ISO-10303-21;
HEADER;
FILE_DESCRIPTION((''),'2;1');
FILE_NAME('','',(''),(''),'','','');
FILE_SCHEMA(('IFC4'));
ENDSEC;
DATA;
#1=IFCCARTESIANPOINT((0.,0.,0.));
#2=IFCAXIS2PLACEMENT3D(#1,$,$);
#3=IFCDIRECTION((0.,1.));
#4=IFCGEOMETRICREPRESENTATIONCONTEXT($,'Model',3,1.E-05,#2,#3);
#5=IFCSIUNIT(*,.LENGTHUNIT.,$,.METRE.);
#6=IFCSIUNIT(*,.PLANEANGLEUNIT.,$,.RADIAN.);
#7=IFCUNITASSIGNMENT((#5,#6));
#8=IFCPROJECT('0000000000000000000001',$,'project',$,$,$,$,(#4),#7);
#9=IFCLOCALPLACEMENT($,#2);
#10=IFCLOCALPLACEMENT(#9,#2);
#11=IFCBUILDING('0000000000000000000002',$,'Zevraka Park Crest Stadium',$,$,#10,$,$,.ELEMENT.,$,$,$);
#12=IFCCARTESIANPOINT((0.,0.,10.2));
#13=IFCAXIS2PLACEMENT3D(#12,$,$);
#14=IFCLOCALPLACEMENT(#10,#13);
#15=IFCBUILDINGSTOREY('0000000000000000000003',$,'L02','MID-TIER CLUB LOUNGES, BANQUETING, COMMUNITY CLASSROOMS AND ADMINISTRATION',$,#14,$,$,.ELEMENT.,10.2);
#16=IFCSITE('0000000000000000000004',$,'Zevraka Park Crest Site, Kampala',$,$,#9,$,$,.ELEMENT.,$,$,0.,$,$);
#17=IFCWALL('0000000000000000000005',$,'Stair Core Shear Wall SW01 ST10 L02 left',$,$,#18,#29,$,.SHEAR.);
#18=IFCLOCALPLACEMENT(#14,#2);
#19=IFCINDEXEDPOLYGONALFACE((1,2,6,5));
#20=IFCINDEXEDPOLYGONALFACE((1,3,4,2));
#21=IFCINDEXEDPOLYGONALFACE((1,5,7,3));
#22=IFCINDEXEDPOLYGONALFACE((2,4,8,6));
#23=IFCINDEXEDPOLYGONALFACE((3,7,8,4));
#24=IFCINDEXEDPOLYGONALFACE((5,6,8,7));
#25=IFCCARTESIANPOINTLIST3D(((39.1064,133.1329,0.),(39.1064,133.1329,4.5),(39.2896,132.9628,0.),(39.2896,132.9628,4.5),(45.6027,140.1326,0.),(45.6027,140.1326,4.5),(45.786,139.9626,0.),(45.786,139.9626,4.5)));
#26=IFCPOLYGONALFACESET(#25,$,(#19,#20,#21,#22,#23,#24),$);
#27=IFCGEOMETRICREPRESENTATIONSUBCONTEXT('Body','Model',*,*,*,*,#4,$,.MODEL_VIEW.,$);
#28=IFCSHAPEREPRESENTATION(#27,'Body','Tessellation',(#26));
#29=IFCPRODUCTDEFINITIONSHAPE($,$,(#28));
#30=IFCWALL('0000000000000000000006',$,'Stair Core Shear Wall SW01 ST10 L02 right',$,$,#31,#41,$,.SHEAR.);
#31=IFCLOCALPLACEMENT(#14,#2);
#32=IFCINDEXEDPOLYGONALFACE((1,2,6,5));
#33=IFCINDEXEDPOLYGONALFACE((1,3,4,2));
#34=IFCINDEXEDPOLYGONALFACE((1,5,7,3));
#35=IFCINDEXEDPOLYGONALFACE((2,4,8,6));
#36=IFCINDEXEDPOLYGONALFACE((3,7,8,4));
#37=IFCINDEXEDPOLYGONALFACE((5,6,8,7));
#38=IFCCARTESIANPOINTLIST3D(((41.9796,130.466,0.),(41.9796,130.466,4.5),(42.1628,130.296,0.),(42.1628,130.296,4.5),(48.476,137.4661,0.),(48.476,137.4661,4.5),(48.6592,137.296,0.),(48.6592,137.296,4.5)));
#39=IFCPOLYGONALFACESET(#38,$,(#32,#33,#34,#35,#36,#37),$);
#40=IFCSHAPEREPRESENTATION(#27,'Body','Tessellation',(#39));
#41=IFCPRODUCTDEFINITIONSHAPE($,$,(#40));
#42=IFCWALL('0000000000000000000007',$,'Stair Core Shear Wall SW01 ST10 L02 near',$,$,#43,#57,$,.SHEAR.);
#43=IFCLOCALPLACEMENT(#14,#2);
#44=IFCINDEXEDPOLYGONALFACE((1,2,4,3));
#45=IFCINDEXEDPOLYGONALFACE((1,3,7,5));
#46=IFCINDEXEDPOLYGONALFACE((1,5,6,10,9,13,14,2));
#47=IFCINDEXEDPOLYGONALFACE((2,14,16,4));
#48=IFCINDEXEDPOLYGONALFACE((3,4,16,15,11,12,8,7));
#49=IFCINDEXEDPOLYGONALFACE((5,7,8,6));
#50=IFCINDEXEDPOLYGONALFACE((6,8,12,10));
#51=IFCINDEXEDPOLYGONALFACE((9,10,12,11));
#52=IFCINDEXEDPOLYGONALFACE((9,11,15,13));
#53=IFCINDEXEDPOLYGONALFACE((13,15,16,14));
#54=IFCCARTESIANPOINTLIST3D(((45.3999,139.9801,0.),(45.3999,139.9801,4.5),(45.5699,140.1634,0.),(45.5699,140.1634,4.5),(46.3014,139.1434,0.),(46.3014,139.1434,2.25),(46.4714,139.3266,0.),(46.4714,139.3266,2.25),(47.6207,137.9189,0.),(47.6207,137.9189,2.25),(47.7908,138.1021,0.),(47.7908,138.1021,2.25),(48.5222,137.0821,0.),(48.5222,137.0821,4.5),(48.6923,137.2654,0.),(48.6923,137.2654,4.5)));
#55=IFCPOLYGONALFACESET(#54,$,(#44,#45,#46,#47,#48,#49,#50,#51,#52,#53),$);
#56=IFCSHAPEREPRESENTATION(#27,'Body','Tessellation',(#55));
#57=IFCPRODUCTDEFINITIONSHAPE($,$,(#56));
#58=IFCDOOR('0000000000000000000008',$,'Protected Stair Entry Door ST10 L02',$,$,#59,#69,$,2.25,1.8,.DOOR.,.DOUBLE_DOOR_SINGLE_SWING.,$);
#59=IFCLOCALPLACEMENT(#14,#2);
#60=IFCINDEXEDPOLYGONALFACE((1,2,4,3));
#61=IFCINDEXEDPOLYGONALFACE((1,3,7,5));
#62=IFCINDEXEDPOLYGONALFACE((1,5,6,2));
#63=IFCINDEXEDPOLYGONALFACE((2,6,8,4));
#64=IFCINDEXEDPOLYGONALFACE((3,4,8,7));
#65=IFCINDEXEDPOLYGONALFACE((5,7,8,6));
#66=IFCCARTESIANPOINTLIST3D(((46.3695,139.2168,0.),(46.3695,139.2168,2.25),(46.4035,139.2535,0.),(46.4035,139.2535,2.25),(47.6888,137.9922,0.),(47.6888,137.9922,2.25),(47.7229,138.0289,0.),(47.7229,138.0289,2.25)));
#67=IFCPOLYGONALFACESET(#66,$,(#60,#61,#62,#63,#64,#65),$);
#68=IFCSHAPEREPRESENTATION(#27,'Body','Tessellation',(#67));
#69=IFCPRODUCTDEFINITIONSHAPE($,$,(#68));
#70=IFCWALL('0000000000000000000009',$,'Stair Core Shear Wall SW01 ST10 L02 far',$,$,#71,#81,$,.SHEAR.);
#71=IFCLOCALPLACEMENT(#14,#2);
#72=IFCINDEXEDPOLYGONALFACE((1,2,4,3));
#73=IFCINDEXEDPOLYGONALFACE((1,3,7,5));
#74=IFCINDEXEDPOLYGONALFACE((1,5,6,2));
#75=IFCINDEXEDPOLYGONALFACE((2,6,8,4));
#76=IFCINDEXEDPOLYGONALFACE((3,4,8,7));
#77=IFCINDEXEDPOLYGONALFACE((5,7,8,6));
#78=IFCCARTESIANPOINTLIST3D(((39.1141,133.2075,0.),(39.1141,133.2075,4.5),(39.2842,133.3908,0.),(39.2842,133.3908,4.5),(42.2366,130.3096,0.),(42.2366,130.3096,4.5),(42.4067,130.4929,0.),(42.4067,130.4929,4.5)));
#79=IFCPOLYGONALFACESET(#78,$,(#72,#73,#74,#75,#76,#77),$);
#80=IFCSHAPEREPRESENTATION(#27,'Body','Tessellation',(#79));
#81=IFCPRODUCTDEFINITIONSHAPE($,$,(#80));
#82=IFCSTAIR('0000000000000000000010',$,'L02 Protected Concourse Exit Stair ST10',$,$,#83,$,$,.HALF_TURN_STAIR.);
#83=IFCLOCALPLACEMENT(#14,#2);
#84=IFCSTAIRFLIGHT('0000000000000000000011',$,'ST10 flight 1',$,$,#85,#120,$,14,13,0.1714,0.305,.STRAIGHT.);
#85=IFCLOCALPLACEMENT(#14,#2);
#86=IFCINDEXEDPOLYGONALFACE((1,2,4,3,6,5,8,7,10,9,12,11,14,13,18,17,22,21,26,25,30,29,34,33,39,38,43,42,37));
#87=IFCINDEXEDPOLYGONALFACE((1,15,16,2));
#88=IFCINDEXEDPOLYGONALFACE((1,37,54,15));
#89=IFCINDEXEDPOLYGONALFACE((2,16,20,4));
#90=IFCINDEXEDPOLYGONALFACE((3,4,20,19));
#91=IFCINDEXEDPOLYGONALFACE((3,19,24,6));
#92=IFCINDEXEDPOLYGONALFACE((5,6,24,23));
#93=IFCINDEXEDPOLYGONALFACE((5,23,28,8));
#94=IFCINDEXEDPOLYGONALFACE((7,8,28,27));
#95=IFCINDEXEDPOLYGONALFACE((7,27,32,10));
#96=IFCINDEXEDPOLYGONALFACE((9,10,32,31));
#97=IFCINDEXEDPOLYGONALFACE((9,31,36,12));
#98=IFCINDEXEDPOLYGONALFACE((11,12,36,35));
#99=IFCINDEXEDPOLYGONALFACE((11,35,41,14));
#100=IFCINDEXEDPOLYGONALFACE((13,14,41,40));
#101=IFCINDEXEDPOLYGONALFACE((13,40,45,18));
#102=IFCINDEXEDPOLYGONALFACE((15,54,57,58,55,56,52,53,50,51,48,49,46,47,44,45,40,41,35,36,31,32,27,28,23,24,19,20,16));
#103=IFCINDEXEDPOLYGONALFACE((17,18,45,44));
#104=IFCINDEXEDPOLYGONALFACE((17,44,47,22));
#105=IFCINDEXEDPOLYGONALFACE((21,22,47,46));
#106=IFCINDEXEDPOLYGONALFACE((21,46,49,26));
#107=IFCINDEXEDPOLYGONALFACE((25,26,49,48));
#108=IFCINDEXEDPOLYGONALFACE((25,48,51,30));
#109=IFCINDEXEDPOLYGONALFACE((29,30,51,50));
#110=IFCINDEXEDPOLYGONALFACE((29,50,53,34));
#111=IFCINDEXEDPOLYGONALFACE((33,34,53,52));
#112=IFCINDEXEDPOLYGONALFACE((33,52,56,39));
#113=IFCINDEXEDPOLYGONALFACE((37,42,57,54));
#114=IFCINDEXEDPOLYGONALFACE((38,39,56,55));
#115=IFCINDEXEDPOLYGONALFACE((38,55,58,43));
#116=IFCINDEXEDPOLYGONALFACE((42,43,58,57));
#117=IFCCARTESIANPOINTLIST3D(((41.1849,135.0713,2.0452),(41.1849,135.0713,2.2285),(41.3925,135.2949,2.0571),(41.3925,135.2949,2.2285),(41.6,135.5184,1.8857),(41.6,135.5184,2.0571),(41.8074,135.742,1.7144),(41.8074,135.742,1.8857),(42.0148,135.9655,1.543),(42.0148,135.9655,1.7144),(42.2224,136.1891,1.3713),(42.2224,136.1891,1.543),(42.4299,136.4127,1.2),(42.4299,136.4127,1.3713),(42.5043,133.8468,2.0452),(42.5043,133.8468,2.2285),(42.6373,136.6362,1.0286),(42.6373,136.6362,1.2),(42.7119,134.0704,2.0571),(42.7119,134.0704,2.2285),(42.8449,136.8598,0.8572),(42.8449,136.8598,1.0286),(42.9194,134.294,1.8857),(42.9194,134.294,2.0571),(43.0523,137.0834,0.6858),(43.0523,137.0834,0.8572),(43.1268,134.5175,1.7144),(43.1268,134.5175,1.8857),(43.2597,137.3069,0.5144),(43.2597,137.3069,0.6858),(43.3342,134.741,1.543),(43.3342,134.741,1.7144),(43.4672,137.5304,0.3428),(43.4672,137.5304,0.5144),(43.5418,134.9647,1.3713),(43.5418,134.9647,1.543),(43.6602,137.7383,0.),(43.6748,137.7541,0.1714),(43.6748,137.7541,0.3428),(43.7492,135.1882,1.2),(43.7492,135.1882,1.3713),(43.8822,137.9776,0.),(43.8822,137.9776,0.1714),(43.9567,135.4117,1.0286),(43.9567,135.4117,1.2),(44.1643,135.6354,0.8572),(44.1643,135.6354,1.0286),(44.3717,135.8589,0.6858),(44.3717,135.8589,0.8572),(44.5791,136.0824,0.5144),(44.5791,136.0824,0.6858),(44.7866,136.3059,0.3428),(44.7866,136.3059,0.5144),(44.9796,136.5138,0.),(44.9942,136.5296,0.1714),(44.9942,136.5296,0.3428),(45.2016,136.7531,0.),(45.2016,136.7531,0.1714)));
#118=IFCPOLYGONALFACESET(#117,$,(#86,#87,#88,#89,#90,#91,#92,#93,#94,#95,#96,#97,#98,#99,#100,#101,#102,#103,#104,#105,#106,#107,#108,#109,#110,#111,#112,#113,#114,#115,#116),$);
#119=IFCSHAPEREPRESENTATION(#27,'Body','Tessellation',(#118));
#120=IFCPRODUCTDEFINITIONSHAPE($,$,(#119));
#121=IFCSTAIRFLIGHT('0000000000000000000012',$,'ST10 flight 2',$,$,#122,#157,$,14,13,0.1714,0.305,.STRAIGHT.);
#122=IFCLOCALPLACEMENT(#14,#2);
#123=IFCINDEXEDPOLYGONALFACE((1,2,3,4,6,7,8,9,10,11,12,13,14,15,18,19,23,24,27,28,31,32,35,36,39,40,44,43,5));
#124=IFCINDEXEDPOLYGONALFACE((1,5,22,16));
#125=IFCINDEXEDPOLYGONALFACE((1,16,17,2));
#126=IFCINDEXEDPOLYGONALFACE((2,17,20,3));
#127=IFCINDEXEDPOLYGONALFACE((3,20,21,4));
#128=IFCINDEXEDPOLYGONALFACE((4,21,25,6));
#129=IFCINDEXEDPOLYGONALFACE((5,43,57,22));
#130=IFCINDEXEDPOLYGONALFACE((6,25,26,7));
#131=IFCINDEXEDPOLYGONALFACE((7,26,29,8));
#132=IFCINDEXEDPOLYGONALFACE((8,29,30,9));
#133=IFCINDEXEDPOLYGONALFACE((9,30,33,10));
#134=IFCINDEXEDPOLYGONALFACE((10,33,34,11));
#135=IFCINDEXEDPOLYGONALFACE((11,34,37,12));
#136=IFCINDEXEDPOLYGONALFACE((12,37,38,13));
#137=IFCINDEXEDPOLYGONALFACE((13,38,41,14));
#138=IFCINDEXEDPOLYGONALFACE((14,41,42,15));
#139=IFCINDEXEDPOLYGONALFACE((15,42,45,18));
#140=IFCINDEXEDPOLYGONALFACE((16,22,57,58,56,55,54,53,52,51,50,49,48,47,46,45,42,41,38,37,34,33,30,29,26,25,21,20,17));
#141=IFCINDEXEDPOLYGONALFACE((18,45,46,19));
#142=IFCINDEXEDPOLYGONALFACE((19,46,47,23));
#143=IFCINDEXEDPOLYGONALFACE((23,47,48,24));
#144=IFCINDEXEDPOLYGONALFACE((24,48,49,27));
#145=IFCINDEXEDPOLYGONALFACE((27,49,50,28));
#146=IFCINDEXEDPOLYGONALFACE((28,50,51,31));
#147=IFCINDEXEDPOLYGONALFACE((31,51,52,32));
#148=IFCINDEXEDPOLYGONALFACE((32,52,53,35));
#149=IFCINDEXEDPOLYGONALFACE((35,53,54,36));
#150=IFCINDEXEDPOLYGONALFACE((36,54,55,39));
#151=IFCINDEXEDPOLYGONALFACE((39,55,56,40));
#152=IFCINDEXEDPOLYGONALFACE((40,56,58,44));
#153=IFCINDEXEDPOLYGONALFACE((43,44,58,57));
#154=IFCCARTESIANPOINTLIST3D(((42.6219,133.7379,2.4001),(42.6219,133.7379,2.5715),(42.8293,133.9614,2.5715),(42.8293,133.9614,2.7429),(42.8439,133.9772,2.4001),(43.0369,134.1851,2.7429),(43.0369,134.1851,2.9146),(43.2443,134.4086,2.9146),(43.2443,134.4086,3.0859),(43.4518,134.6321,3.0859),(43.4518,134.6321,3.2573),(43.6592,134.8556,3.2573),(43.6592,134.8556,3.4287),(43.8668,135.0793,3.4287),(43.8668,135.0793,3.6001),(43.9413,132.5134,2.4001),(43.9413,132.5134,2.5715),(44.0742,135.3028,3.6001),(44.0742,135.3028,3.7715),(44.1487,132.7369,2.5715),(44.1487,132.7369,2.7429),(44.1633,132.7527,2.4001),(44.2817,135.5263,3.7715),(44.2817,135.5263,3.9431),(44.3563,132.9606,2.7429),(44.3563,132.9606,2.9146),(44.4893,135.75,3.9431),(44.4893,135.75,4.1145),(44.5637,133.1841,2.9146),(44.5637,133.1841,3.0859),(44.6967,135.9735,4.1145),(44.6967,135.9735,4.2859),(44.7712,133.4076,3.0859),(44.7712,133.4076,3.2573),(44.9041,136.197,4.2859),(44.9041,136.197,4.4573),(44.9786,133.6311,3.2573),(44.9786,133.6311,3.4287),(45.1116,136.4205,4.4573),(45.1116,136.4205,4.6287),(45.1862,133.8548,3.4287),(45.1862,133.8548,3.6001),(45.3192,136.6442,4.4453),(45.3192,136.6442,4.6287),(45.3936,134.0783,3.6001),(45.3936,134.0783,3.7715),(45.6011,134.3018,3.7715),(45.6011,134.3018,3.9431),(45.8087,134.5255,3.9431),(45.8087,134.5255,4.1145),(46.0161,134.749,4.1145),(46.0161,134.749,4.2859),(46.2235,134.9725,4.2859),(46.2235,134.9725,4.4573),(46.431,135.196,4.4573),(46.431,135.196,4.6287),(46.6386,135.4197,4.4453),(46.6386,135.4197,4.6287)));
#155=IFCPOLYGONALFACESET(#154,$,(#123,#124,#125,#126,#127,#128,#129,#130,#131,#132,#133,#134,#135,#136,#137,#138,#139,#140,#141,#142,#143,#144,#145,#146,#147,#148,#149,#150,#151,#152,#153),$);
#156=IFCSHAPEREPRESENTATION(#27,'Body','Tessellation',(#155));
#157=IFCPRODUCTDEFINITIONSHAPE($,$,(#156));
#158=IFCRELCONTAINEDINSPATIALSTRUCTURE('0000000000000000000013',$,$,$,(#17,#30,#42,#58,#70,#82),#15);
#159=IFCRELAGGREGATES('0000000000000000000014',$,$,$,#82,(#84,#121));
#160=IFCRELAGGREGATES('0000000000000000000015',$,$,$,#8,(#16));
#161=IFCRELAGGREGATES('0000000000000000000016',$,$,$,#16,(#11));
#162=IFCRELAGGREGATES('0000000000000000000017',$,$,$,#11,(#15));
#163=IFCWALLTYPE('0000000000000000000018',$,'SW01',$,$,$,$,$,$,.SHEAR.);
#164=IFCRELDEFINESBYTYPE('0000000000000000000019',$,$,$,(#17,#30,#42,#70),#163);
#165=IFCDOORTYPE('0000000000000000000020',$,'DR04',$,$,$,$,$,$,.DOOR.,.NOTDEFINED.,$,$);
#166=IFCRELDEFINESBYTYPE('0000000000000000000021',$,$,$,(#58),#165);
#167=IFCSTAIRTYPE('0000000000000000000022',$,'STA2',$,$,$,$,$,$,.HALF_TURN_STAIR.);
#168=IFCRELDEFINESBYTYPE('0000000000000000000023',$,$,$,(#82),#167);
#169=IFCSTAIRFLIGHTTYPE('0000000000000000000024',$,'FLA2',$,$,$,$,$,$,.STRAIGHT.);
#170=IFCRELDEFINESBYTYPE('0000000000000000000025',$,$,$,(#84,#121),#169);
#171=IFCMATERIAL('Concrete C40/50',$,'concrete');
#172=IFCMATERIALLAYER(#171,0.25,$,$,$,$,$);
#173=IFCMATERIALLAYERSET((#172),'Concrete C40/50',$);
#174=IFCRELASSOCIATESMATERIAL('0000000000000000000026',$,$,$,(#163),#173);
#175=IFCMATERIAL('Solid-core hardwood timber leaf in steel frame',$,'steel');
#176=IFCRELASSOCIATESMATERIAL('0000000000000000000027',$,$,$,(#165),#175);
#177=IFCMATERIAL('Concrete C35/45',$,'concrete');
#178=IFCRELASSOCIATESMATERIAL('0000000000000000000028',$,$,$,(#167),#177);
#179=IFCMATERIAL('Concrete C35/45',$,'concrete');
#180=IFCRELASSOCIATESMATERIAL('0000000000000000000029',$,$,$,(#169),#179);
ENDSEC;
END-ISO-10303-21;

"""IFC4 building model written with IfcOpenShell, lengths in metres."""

from ifc_helpers import new_model, si_unit, direction, frame, frame_2d, origin, place, context, subcontext, project, spatial, polyline, rectangle, outline, extrude, material, layer, layer_set, type_object, element, fill, aggregate, save


model = new_model("IFC4")

# Units and contexts
model_context = context("Model", 3, precision=1e-05, world=origin(), true_north=direction((0.0, 1.0)))
body_context = subcontext(model_context, "Body", "Model", "MODEL_VIEW")
ifc_project = project(units=[si_unit("LENGTHUNIT", "METRE"), si_unit("PLANEANGLEUNIT", "RADIAN")], contexts=[model_context])

# Site, building, storey
site_placement = place(None, origin())
site = spatial("IfcSite", under=ifc_project, at=site_placement, Name="Zevraka Park Crest Site, Kampala", CompositionType="ELEMENT", RefElevation=0.0)
building_placement = place(site_placement, origin())
building = spatial("IfcBuilding", under=site, at=building_placement, Name="Zevraka Park Crest Stadium", CompositionType="ELEMENT")
storey_placement = place(building_placement, frame((0.0, 0.0, 10.2)))
storey = spatial("IfcBuildingStorey", under=building, at=storey_placement, Name="L02", Description="MID-TIER CLUB LOUNGES, BANQUETING, COMMUNITY CLASSROOMS AND ADMINISTRATION", CompositionType="ELEMENT", Elevation=10.2)

# Walls
ifc_material_1 = material(Name="Concrete C40/50", Category="concrete")
ifc_layer = layer(ifc_material_1, 0.25)
ifc_layer_set = layer_set([ifc_layer], Name="Concrete C40/50")
wall_type = type_object("IfcWallType", Name="SW01", PredefinedType="SHEAR", material=ifc_layer_set)
wall_1_placement = place(storey_placement, frame((45.6943, 140.0476, 0.0), z_axis=(0.0, 0.0, 1.0), x_axis=(-0.680258, -0.732973, 0.0)))
element("IfcWall", 1, at=wall_1_placement, inside=storey, type_object=wall_type, Name="Stair Core Shear Wall SW01 ST10 L02 left", PredefinedType="SHEAR", context=body_context, shape_type="SweptSolid", body=[
    extrude(rectangle(XDim=9.5498, YDim=0.25, at=frame_2d((4.7749, 0.0))), origin(), (0.0, 0.0, 1.0), 4.5),
])
wall_2_placement = place(storey_placement, frame((42.0713, 130.3811, 0.0), z_axis=(0.0, 0.0, 1.0), x_axis=(0.680245, 0.732985, 0.0)))
element("IfcWall", 2, at=wall_2_placement, inside=storey, type_object=wall_type, Name="Stair Core Shear Wall SW01 ST10 L02 right", PredefinedType="SHEAR", context=body_context, shape_type="SweptSolid", body=[
    extrude(rectangle(XDim=9.55, YDim=0.25, at=frame_2d((4.7749, 0.0))), origin(), (0.0, 0.0, 1.0), 4.5),
])

# Wall, opening, door
wall_3_placement = place(storey_placement, frame((48.6072, 137.1738, 0.0), z_axis=(0.0, 0.0, 1.0), x_axis=(-0.732951, 0.680282, 0.0)))
wall_3 = element("IfcWall", 3, at=wall_3_placement, inside=storey, type_object=wall_type, Name="Stair Core Shear Wall SW01 ST10 L02 near", PredefinedType="SHEAR", context=body_context, shape_type="SweptSolid", body=[
    extrude(rectangle(XDim=4.26, YDim=0.25, at=frame_2d((2.1299, 0.0))), origin(), (0.0, 0.0, 1.0), 4.5),
])
opening_placement = place(wall_3_placement, frame((1.23, 0.0, 0.0)))
opening = element("IfcOpeningElement", 4, at=opening_placement, cuts=wall_3, PredefinedType="OPENING", context=body_context, shape_type="SweptSolid", body=[
    extrude(rectangle(XDim=1.8, YDim=2.25, at=frame_2d((0.8999, 1.125))), frame((0.0, 0.135, 0.0), z_axis=(0.0, -1.0, 0.0), x_axis=(1.0, 0.0, 0.0)), (0.0, 0.0, 1.0), 0.27),
])
ifc_material_2 = material(Name="Solid-core hardwood timber leaf in steel frame", Category="steel")
door_type = type_object("IfcDoorType", Name="DR04", OperationType="NOTDEFINED", PredefinedType="DOOR", material=ifc_material_2)
door_placement = place(opening_placement, origin())
door = element("IfcDoor", 5, at=door_placement, inside=storey, type_object=door_type, Name="Protected Stair Entry Door ST10 L02", OperationType="DOUBLE_DOOR_SINGLE_SWING", OverallHeight=2.25, OverallWidth=1.8, PredefinedType="DOOR", context=body_context, shape_type="SweptSolid", body=[
    extrude(rectangle(XDim=1.8, YDim=2.25, at=frame_2d((0.8999, 1.125))), frame((0.0, 0.0249, 0.0), z_axis=(0.0, -1.0, 0.0), x_axis=(1.0, 0.0, 0.0)), (0.0, 0.0, 1.0), 0.05),
])
fill(opening, door)

# Wall
wall_4_placement = place(storey_placement, frame((39.1992, 133.2991, 0.0), z_axis=(0.0, 0.0, 1.0), x_axis=(0.732977, -0.680253, 0.0)))
element("IfcWall", 6, at=wall_4_placement, inside=storey, type_object=wall_type, Name="Stair Core Shear Wall SW01 ST10 L02 far", PredefinedType="SHEAR", context=body_context, shape_type="SweptSolid", body=[
    extrude(rectangle(XDim=4.26, YDim=0.25, at=frame_2d((2.1299, 0.0))), origin(), (0.0, 0.0, 1.0), 4.5),
])

# Stair, stair flights
ifc_material_3 = material(Name="Concrete C35/45", Category="concrete")
stair_type = type_object("IfcStairType", Name="STA2", PredefinedType="HALF_TURN_STAIR", material=ifc_material_3)
stair_placement = place(storey_placement, origin())
stair = element("IfcStair", 7, at=stair_placement, inside=storey, type_object=stair_type, Name="L02 Protected Concourse Exit Stair ST10", PredefinedType="HALF_TURN_STAIR")
ifc_material_4 = material(Name="Concrete C35/45", Category="concrete")
stair_flight_type = type_object("IfcStairFlightType", Name="FLA2", PredefinedType="STRAIGHT", material=ifc_material_4)
stair_flight_1_placement = place(storey_placement, frame((44.542, 137.3652, 0.0), z_axis=(0.0, 0.0, 1.0), x_axis=(-0.680255, -0.732975, 0.0)))
stair_flight_1 = element("IfcStairFlight", 8, at=stair_flight_1_placement, type_object=stair_flight_type, Name="ST10 flight 1", NumberOfRisers=14, NumberOfTreads=13, PredefinedType="STRAIGHT", RiserHeight=0.1714, TreadLength=0.305, context=body_context, shape_type="SweptSolid", body=[
    extrude(outline(polyline([(0.0, 0.0), (0.0, 0.1714), (0.3049, 0.1714), (0.3049, 0.3428), (0.6101, 0.3428), (0.6101, 0.5144), (0.915, 0.5144), (0.915, 0.6858), (1.22, 0.6858), (1.22, 0.8572), (1.5249, 0.8572), (1.5249, 1.0286), (1.8301, 1.0286), (1.8301, 1.2), (2.135, 1.2), (2.135, 1.3713), (2.4399, 1.3713), (2.4399, 1.543), (2.7451, 1.543), (2.7451, 1.7144), (3.05, 1.7144), (3.05, 1.8857), (3.355, 1.8857), (3.355, 2.0571), (3.6599, 2.0571), (3.6599, 2.2285), (3.9651, 2.2285), (3.9651, 2.3999), (3.9651, 2.0452), (0.3264, 0.0), (0.0, 0.0)])), frame((0.0, 0.8999, 0.0), z_axis=(0.0, -1.0, 0.0), x_axis=(1.0, 0.0, 0.0)), (0.0, 0.0, 1.0), 1.8),
])
stair_flight_2_placement = place(storey_placement, frame((43.2815, 133.1257, 2.4001), z_axis=(0.0, 0.0, 1.0), x_axis=(0.680255, 0.732975, 0.0)))
stair_flight_2 = element("IfcStairFlight", 9, at=stair_flight_2_placement, type_object=stair_flight_type, Name="ST10 flight 2", NumberOfRisers=14, NumberOfTreads=13, PredefinedType="STRAIGHT", RiserHeight=0.1714, TreadLength=0.305, context=body_context, shape_type="SweptSolid", body=[
    extrude(outline(polyline([(0.0, 0.0), (0.0, 0.1714), (0.3049, 0.1714), (0.3049, 0.3428), (0.6101, 0.3428), (0.6101, 0.5144), (0.915, 0.5144), (0.915, 0.6858), (1.22, 0.6858), (1.22, 0.8572), (1.5249, 0.8572), (1.5249, 1.0286), (1.8301, 1.0286), (1.8301, 1.2), (2.135, 1.2), (2.135, 1.3713), (2.4399, 1.3713), (2.4399, 1.543), (2.7451, 1.543), (2.7451, 1.7144), (3.05, 1.7144), (3.05, 1.8857), (3.355, 1.8857), (3.355, 2.0571), (3.6599, 2.0571), (3.6599, 2.2285), (3.9651, 2.2285), (3.9651, 2.3999), (3.9651, 2.0452), (0.3264, 0.0), (0.0, 0.0)])), frame((0.0, 0.8999, 0.0), z_axis=(0.0, -1.0, 0.0), x_axis=(1.0, 0.0, 0.0)), (0.0, 0.0, 1.0), 1.8),
])
aggregate(stair, [stair_flight_1, stair_flight_2])

save(model, "model.ifc")
